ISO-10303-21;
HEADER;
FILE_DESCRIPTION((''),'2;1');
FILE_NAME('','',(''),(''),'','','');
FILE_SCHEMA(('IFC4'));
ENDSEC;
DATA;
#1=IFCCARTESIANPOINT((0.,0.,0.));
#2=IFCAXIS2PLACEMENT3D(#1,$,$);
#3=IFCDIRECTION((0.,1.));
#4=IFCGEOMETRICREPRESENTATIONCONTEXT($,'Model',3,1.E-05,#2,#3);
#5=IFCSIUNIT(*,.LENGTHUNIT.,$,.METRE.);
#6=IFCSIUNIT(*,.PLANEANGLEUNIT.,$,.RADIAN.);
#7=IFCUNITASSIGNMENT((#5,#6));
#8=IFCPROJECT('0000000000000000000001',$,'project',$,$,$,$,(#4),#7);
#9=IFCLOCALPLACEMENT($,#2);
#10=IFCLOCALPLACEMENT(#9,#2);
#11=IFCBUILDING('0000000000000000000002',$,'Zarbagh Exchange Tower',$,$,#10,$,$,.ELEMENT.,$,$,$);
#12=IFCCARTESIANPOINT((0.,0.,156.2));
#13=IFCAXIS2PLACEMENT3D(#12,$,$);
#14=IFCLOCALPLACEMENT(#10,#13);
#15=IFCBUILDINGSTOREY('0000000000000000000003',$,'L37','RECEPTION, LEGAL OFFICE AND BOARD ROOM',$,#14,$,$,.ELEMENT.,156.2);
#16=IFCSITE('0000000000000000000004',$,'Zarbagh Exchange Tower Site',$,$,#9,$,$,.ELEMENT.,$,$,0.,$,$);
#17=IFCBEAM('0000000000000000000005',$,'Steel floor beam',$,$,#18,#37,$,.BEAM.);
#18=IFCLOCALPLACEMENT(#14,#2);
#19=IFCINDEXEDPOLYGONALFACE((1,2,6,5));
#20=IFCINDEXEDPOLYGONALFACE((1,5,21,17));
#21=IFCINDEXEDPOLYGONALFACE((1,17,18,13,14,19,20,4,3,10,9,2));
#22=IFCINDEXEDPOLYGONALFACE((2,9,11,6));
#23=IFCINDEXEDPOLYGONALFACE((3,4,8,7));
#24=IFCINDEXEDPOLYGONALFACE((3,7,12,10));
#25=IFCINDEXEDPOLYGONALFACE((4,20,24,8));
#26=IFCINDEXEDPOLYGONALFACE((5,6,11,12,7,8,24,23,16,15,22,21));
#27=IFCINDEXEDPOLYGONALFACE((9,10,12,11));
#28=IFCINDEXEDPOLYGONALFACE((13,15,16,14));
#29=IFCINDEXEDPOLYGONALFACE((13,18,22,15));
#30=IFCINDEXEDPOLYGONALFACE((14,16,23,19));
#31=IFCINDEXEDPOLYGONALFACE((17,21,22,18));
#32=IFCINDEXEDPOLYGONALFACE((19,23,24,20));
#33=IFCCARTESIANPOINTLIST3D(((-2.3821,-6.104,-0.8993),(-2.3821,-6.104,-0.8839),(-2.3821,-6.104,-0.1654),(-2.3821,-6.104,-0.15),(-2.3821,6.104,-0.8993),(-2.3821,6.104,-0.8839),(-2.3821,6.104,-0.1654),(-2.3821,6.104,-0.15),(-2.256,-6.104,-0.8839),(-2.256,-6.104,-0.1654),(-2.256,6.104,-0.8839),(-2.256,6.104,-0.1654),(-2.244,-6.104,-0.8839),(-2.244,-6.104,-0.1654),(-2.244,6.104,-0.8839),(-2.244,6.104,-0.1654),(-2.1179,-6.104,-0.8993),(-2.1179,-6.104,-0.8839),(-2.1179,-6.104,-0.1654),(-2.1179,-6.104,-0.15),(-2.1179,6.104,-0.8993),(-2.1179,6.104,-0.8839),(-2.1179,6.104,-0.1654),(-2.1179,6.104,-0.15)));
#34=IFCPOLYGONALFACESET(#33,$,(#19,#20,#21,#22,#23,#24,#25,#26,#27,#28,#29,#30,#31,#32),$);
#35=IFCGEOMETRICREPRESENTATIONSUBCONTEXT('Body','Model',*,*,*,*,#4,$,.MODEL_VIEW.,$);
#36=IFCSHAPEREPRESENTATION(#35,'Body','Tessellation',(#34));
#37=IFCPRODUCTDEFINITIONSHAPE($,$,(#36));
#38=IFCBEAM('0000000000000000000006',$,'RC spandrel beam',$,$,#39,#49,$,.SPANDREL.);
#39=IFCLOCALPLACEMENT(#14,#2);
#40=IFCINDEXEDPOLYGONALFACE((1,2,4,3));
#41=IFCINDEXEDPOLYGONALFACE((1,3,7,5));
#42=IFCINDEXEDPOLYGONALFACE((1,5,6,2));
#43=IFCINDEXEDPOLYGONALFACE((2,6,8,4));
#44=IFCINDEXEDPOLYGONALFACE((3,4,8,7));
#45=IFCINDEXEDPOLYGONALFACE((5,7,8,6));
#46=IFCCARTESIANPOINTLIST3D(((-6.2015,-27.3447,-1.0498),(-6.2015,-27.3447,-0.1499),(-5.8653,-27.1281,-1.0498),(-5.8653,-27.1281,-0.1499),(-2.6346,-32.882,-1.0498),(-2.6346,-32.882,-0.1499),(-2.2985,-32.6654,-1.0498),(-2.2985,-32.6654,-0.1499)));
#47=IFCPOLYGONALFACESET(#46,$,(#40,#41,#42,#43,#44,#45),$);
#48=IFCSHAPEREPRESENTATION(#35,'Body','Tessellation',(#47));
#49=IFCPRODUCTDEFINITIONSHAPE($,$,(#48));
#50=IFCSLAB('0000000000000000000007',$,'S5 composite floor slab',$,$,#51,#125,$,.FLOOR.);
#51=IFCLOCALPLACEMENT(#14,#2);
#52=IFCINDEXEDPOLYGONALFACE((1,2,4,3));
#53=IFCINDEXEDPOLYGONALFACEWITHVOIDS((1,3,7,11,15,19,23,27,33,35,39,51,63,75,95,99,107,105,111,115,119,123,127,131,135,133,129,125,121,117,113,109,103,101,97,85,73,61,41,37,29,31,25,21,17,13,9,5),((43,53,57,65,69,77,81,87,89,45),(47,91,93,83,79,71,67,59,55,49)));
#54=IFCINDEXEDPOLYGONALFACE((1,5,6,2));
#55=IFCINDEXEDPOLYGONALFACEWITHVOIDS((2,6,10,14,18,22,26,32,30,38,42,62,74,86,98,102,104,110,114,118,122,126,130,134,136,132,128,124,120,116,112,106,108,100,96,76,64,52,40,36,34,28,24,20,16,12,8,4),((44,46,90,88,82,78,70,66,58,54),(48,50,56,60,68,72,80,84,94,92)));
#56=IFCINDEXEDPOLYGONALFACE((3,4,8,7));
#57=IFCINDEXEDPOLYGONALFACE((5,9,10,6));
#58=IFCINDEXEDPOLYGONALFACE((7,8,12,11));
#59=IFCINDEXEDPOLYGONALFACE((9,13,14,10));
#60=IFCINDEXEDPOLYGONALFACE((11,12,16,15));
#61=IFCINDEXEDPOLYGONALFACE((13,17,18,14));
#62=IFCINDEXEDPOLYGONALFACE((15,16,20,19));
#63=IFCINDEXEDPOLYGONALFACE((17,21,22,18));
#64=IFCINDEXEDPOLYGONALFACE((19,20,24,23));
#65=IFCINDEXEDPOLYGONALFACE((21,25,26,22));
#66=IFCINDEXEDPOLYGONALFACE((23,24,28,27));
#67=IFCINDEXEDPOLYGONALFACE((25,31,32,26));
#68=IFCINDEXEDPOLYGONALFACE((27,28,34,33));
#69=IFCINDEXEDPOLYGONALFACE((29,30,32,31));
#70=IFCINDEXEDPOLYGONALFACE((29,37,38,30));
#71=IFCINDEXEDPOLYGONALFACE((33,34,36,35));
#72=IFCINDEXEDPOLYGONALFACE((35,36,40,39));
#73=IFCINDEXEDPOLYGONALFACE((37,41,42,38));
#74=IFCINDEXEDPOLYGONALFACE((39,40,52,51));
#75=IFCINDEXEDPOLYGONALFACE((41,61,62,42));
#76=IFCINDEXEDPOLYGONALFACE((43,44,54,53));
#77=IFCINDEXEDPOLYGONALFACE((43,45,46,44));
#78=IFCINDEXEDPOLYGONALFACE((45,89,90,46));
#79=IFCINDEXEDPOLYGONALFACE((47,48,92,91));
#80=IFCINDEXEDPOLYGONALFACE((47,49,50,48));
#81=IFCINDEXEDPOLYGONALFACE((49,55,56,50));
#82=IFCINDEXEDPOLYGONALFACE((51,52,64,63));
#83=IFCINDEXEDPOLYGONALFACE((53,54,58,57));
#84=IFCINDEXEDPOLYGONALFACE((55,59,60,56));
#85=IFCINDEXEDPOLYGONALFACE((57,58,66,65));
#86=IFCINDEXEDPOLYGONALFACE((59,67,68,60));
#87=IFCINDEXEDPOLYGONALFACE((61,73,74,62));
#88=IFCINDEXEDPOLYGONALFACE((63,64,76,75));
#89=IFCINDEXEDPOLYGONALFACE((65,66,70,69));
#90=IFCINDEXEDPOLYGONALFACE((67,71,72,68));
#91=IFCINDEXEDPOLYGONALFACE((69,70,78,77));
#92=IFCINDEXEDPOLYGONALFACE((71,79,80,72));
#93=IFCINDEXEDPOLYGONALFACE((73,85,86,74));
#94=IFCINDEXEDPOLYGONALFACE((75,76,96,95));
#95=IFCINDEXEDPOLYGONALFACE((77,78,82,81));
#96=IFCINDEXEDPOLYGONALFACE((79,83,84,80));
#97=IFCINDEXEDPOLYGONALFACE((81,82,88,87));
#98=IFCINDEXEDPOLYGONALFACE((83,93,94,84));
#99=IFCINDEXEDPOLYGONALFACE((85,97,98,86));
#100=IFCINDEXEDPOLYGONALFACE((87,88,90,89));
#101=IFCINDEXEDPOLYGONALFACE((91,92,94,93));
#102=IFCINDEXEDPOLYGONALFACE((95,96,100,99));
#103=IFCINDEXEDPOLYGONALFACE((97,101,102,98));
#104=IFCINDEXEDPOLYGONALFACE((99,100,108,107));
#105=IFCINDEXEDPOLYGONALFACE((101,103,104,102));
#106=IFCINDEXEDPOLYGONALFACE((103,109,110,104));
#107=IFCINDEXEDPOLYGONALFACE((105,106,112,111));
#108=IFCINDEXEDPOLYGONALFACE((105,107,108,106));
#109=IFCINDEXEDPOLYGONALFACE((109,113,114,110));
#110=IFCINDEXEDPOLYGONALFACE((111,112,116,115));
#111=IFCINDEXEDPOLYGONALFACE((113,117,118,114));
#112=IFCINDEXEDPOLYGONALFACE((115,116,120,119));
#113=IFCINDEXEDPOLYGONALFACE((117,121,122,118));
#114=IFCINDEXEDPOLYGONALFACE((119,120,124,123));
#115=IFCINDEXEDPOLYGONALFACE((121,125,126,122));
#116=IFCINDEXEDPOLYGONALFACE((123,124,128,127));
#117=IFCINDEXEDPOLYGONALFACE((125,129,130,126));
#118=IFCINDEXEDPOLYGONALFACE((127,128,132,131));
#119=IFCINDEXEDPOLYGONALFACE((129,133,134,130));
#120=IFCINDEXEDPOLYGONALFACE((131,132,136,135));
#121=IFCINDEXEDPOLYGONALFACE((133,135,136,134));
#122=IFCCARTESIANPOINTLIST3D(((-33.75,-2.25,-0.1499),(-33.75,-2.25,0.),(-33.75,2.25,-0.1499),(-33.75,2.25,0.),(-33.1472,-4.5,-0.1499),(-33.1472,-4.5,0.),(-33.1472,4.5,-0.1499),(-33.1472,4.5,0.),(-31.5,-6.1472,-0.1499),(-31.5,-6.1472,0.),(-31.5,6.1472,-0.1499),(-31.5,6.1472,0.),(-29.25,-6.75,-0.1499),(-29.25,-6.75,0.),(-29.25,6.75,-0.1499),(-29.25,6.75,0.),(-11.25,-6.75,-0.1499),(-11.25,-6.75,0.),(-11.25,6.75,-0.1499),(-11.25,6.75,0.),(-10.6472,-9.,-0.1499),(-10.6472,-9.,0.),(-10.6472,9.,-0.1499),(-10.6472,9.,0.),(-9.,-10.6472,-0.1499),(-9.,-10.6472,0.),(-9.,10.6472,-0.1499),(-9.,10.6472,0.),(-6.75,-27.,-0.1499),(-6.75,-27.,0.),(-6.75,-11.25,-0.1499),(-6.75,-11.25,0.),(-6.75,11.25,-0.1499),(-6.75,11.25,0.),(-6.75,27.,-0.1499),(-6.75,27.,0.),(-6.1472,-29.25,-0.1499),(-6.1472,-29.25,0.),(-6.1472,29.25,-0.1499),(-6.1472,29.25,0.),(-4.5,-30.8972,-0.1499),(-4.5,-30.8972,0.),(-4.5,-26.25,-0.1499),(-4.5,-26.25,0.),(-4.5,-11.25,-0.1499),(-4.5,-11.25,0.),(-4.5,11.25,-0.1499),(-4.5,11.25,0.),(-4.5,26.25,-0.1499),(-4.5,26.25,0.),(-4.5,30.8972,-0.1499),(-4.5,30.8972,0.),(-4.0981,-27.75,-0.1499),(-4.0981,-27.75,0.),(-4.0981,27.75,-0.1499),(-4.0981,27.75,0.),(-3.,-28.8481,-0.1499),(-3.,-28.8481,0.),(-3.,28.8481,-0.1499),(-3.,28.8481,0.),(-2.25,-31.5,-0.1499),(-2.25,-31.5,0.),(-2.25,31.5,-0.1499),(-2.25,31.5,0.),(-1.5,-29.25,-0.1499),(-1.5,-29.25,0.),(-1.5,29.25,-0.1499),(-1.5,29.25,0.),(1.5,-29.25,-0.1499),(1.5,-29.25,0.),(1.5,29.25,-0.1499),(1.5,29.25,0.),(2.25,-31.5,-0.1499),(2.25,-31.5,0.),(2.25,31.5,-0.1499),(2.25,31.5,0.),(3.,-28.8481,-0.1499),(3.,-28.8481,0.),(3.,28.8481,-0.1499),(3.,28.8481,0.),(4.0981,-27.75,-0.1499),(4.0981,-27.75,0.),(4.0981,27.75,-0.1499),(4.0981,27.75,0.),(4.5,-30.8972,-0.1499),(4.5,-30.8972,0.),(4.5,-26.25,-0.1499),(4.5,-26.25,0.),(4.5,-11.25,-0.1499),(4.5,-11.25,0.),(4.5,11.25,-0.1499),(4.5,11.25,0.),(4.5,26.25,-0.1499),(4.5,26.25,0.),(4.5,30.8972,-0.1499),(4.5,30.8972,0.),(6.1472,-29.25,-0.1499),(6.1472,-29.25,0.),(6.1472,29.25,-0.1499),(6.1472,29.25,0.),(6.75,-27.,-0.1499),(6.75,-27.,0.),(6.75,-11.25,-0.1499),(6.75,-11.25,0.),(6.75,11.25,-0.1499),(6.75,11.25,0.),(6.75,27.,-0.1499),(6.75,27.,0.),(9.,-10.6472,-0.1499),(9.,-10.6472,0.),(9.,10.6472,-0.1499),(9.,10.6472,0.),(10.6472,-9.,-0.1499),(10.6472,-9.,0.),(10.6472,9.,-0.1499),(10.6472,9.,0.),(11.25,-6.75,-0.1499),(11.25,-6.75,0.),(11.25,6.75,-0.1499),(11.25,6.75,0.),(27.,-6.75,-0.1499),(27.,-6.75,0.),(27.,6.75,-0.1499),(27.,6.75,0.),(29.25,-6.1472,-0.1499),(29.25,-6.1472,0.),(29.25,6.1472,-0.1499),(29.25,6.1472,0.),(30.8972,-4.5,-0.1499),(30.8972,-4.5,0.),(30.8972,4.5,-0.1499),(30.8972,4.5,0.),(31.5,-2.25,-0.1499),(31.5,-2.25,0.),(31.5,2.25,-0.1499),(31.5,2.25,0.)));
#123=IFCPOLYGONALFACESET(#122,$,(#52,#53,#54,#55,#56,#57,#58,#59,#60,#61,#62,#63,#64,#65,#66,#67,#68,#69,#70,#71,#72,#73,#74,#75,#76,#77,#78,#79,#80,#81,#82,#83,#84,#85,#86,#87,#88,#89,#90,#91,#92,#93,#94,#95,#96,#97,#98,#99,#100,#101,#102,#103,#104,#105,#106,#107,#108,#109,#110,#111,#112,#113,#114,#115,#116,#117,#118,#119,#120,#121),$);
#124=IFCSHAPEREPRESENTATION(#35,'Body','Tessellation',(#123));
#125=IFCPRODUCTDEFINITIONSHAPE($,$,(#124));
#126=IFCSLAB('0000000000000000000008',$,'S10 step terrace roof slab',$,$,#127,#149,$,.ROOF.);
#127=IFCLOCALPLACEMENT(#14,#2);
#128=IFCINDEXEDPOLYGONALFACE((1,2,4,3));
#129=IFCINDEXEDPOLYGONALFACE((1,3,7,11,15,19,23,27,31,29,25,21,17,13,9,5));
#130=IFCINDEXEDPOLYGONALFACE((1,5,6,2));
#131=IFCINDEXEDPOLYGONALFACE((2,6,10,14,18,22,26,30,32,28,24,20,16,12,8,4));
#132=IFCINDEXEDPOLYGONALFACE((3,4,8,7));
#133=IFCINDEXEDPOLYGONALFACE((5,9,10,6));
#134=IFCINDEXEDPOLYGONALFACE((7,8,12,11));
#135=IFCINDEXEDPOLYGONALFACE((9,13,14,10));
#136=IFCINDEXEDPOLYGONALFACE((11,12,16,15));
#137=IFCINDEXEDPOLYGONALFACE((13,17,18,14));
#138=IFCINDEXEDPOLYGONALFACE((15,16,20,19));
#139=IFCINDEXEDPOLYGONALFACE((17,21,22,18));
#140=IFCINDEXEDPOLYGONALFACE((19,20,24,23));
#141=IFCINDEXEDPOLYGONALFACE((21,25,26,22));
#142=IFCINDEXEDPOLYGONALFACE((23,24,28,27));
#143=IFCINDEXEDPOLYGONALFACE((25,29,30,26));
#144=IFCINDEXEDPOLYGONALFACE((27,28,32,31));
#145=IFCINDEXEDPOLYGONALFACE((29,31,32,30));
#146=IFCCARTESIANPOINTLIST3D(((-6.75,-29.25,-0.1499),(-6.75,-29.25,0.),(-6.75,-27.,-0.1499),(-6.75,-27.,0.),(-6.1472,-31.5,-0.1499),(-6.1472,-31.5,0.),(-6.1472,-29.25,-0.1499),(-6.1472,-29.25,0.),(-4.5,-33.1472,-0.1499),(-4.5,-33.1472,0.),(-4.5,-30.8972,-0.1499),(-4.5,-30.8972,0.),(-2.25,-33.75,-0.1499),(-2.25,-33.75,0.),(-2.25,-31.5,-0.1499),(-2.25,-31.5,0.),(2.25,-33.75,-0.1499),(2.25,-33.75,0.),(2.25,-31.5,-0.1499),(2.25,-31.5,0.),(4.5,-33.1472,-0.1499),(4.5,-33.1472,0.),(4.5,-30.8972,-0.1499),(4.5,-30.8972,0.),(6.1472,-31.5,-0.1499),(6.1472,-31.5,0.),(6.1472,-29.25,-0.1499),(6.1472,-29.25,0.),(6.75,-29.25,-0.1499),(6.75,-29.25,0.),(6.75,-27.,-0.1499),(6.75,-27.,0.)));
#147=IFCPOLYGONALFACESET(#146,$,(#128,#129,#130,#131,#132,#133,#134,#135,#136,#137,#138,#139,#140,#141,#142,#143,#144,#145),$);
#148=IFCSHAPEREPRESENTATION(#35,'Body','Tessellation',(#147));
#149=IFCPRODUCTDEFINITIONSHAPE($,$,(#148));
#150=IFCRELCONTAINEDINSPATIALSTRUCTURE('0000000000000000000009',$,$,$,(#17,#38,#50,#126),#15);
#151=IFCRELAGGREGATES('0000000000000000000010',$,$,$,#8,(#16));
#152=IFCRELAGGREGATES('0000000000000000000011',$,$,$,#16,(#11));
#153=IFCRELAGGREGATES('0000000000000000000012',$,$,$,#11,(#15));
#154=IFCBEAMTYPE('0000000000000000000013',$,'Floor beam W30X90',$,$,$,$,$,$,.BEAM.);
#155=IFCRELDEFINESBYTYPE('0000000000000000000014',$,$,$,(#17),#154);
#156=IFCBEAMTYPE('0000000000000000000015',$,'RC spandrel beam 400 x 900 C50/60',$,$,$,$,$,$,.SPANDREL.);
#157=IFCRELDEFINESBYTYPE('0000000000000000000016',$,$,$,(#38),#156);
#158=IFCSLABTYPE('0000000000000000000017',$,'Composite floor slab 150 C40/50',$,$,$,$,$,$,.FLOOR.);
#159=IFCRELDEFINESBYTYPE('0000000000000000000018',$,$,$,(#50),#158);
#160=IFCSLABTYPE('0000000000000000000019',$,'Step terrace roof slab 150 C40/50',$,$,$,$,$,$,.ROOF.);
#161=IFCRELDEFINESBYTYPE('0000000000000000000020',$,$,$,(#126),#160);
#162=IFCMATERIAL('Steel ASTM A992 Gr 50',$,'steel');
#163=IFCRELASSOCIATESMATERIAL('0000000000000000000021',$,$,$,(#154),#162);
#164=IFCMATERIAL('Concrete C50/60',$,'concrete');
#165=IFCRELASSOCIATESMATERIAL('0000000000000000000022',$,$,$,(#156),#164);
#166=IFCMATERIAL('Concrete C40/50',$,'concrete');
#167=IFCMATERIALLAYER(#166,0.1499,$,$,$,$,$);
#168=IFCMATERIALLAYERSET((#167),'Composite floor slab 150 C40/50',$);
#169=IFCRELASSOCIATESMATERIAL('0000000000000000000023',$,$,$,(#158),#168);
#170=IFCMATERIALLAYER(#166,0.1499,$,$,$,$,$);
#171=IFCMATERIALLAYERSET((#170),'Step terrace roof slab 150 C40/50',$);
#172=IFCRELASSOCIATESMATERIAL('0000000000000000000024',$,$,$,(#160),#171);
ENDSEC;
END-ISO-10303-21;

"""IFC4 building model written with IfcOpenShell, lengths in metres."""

from ifc_helpers import new_model, si_unit, direction, frame, origin, origin_2d, place, context, subcontext, project, spatial, polyline, rectangle, i_section, outline, extrude, material, layer, layer_set, material_profile, profile_set, type_object, element, save


model = new_model("IFC4")

# Units and contexts
model_context = context("Model", 3, precision=1e-05, world=origin(), true_north=direction((0.0, 1.0)))
body_context = subcontext(model_context, "Body", "Model", "MODEL_VIEW")
ifc_project = project(units=[si_unit("LENGTHUNIT", "METRE"), si_unit("PLANEANGLEUNIT", "RADIAN")], contexts=[model_context])

# Site, building, storey
site_placement = place(None, origin())
site = spatial("IfcSite", under=ifc_project, at=site_placement, Name="Zarbagh Exchange Tower Site", CompositionType="ELEMENT", RefElevation=0.0)
building_placement = place(site_placement, origin())
building = spatial("IfcBuilding", under=site, at=building_placement, Name="Zarbagh Exchange Tower", CompositionType="ELEMENT")
storey_placement = place(building_placement, frame((0.0, 0.0, 156.2)))
storey = spatial("IfcBuildingStorey", under=building, at=storey_placement, Name="L37", Description="RECEPTION, LEGAL OFFICE AND BOARD ROOM", CompositionType="ELEMENT", Elevation=156.2)

# Beams
ifc_material_1 = material(Name="Steel ASTM A992 Gr 50", Category="steel")
ifc_material_profile_1 = material_profile(ifc_material_1, i_section(OverallWidth=0.2642, OverallDepth=0.7493, WebThickness=0.012, FlangeThickness=0.0154, at=origin_2d()), Name="W30X90")
ifc_profile_set_1 = profile_set([ifc_material_profile_1], Name="Steel ASTM A992 Gr 50")
beam_type_1 = type_object("IfcBeamType", Name="Floor beam W30X90", PredefinedType="BEAM", material=ifc_profile_set_1)
beam_1_placement = place(storey_placement, frame((-2.25, -6.104, -0.5247), z_axis=(0.0, 1.0, 0.0), x_axis=(-1.0, 0.0, 0.0)))
element("IfcBeam", 1, at=beam_1_placement, inside=storey, type_object=beam_type_1, Name="Steel floor beam", PredefinedType="BEAM", context=body_context, shape_type="SweptSolid", body=[
    extrude(i_section(OverallWidth=0.2642, OverallDepth=0.7493, WebThickness=0.012, FlangeThickness=0.0154, at=origin_2d()), origin(), (0.0, 0.0, 1.0), 12.208),
])
ifc_material_2 = material(Name="Concrete C50/60", Category="concrete")
ifc_material_profile_2 = material_profile(ifc_material_2, rectangle(XDim=0.3999, YDim=0.8999, at=origin_2d()), Name="RC spandrel beam 400 x 900 C50/60")
ifc_profile_set_2 = profile_set([ifc_material_profile_2], Name="Concrete C50/60")
beam_type_2 = type_object("IfcBeamType", Name="RC spandrel beam 400 x 900 C50/60", PredefinedType="SPANDREL", material=ifc_profile_set_2)
beam_2_placement = place(storey_placement, frame((-2.4666, -32.7737, -0.5999), z_axis=(-0.541527, 0.840683, 0.0), x_axis=(-0.840683, -0.541527, 0.0)))
element("IfcBeam", 2, at=beam_2_placement, inside=storey, type_object=beam_type_2, Name="RC spandrel beam", PredefinedType="SPANDREL", context=body_context, shape_type="SweptSolid", body=[
    extrude(rectangle(XDim=0.3999, YDim=0.8999, at=origin_2d()), origin(), (0.0, 0.0, 1.0), 6.5867),
])

# Slabs
ifc_material_3 = material(Name="Concrete C40/50", Category="concrete")
ifc_layer_1 = layer(ifc_material_3, 0.1499)
ifc_layer_set_1 = layer_set([ifc_layer_1], Name="Composite floor slab 150 C40/50")
slab_type_1 = type_object("IfcSlabType", Name="Composite floor slab 150 C40/50", PredefinedType="FLOOR", material=ifc_layer_set_1)
slab_1_placement = place(storey_placement, frame((0.0, 0.0, -0.1499)))
element("IfcSlab", 3, at=slab_1_placement, inside=storey, type_object=slab_type_1, Name="S5 composite floor slab", PredefinedType="FLOOR", context=body_context, shape_type="SweptSolid", body=[
    extrude(outline(polyline([(-2.25, -31.5), (-4.5, -30.8972), (-6.1472, -29.25), (-6.75, -27.0), (-6.75, -11.25), (-9.0, -10.6472), (-10.6472, -9.0), (-11.25, -6.75), (-29.25, -6.75), (-31.5, -6.1472), (-33.1472, -4.5), (-33.75, -2.25), (-33.75, 2.25), (-33.1472, 4.5), (-31.5, 6.1472), (-29.25, 6.75), (-11.25, 6.75), (-10.6472, 9.0), (-9.0, 10.6472), (-6.75, 11.25), (-6.75, 27.0), (-6.1472, 29.25), (-4.5, 30.8972), (-2.25, 31.5), (2.25, 31.5), (4.5, 30.8972), (6.1472, 29.25), (6.75, 27.0), (6.75, 11.25), (9.0, 10.6472), (10.6472, 9.0), (11.25, 6.75), (27.0, 6.75), (29.25, 6.1472), (30.8972, 4.5), (31.5, 2.25), (31.5, -2.25), (30.8972, -4.5), (29.25, -6.1472), (27.0, -6.75), (11.25, -6.75), (10.6472, -9.0), (9.0, -10.6472), (6.75, -11.25), (6.75, -27.0), (6.1472, -29.25), (4.5, -30.8972), (2.25, -31.5), (-2.25, -31.5)]), holes=[polyline([(4.5, 11.25), (4.5, 26.25), (4.0981, 27.75), (3.0, 28.8481), (1.5, 29.25), (-1.5, 29.25), (-3.0, 28.8481), (-4.0981, 27.75), (-4.5, 26.25), (-4.5, 11.25), (4.5, 11.25)]), polyline([(-1.5, -29.25), (1.5, -29.25), (3.0, -28.8481), (4.0981, -27.75), (4.5, -26.25), (4.5, -11.25), (-4.5, -11.25), (-4.5, -26.25), (-4.0981, -27.75), (-3.0, -28.8481), (-1.5, -29.25)])]), origin(), (0.0, 0.0, 1.0), 0.1499),
])
ifc_layer_2 = layer(ifc_material_3, 0.1499)
ifc_layer_set_2 = layer_set([ifc_layer_2], Name="Step terrace roof slab 150 C40/50")
slab_type_2 = type_object("IfcSlabType", Name="Step terrace roof slab 150 C40/50", PredefinedType="ROOF", material=ifc_layer_set_2)
slab_2_placement = place(storey_placement, frame((0.0, 0.0, -0.1499)))
element("IfcSlab", 4, at=slab_2_placement, inside=storey, type_object=slab_type_2, Name="S10 step terrace roof slab", PredefinedType="ROOF", context=body_context, shape_type="SweptSolid", body=[
    extrude(outline(polyline([(-2.25, -33.75), (-4.5, -33.1472), (-6.1472, -31.5), (-6.75, -29.25), (-6.75, -27.0), (-6.1472, -29.25), (-4.5, -30.8972), (-2.25, -31.5), (2.25, -31.5), (4.5, -30.8972), (6.1472, -29.25), (6.75, -27.0), (6.75, -29.25), (6.1472, -31.5), (4.5, -33.1472), (2.25, -33.75), (-2.25, -33.75)])), origin(), (0.0, 0.0, 1.0), 0.1499),
])

save(model, "model.ifc")
